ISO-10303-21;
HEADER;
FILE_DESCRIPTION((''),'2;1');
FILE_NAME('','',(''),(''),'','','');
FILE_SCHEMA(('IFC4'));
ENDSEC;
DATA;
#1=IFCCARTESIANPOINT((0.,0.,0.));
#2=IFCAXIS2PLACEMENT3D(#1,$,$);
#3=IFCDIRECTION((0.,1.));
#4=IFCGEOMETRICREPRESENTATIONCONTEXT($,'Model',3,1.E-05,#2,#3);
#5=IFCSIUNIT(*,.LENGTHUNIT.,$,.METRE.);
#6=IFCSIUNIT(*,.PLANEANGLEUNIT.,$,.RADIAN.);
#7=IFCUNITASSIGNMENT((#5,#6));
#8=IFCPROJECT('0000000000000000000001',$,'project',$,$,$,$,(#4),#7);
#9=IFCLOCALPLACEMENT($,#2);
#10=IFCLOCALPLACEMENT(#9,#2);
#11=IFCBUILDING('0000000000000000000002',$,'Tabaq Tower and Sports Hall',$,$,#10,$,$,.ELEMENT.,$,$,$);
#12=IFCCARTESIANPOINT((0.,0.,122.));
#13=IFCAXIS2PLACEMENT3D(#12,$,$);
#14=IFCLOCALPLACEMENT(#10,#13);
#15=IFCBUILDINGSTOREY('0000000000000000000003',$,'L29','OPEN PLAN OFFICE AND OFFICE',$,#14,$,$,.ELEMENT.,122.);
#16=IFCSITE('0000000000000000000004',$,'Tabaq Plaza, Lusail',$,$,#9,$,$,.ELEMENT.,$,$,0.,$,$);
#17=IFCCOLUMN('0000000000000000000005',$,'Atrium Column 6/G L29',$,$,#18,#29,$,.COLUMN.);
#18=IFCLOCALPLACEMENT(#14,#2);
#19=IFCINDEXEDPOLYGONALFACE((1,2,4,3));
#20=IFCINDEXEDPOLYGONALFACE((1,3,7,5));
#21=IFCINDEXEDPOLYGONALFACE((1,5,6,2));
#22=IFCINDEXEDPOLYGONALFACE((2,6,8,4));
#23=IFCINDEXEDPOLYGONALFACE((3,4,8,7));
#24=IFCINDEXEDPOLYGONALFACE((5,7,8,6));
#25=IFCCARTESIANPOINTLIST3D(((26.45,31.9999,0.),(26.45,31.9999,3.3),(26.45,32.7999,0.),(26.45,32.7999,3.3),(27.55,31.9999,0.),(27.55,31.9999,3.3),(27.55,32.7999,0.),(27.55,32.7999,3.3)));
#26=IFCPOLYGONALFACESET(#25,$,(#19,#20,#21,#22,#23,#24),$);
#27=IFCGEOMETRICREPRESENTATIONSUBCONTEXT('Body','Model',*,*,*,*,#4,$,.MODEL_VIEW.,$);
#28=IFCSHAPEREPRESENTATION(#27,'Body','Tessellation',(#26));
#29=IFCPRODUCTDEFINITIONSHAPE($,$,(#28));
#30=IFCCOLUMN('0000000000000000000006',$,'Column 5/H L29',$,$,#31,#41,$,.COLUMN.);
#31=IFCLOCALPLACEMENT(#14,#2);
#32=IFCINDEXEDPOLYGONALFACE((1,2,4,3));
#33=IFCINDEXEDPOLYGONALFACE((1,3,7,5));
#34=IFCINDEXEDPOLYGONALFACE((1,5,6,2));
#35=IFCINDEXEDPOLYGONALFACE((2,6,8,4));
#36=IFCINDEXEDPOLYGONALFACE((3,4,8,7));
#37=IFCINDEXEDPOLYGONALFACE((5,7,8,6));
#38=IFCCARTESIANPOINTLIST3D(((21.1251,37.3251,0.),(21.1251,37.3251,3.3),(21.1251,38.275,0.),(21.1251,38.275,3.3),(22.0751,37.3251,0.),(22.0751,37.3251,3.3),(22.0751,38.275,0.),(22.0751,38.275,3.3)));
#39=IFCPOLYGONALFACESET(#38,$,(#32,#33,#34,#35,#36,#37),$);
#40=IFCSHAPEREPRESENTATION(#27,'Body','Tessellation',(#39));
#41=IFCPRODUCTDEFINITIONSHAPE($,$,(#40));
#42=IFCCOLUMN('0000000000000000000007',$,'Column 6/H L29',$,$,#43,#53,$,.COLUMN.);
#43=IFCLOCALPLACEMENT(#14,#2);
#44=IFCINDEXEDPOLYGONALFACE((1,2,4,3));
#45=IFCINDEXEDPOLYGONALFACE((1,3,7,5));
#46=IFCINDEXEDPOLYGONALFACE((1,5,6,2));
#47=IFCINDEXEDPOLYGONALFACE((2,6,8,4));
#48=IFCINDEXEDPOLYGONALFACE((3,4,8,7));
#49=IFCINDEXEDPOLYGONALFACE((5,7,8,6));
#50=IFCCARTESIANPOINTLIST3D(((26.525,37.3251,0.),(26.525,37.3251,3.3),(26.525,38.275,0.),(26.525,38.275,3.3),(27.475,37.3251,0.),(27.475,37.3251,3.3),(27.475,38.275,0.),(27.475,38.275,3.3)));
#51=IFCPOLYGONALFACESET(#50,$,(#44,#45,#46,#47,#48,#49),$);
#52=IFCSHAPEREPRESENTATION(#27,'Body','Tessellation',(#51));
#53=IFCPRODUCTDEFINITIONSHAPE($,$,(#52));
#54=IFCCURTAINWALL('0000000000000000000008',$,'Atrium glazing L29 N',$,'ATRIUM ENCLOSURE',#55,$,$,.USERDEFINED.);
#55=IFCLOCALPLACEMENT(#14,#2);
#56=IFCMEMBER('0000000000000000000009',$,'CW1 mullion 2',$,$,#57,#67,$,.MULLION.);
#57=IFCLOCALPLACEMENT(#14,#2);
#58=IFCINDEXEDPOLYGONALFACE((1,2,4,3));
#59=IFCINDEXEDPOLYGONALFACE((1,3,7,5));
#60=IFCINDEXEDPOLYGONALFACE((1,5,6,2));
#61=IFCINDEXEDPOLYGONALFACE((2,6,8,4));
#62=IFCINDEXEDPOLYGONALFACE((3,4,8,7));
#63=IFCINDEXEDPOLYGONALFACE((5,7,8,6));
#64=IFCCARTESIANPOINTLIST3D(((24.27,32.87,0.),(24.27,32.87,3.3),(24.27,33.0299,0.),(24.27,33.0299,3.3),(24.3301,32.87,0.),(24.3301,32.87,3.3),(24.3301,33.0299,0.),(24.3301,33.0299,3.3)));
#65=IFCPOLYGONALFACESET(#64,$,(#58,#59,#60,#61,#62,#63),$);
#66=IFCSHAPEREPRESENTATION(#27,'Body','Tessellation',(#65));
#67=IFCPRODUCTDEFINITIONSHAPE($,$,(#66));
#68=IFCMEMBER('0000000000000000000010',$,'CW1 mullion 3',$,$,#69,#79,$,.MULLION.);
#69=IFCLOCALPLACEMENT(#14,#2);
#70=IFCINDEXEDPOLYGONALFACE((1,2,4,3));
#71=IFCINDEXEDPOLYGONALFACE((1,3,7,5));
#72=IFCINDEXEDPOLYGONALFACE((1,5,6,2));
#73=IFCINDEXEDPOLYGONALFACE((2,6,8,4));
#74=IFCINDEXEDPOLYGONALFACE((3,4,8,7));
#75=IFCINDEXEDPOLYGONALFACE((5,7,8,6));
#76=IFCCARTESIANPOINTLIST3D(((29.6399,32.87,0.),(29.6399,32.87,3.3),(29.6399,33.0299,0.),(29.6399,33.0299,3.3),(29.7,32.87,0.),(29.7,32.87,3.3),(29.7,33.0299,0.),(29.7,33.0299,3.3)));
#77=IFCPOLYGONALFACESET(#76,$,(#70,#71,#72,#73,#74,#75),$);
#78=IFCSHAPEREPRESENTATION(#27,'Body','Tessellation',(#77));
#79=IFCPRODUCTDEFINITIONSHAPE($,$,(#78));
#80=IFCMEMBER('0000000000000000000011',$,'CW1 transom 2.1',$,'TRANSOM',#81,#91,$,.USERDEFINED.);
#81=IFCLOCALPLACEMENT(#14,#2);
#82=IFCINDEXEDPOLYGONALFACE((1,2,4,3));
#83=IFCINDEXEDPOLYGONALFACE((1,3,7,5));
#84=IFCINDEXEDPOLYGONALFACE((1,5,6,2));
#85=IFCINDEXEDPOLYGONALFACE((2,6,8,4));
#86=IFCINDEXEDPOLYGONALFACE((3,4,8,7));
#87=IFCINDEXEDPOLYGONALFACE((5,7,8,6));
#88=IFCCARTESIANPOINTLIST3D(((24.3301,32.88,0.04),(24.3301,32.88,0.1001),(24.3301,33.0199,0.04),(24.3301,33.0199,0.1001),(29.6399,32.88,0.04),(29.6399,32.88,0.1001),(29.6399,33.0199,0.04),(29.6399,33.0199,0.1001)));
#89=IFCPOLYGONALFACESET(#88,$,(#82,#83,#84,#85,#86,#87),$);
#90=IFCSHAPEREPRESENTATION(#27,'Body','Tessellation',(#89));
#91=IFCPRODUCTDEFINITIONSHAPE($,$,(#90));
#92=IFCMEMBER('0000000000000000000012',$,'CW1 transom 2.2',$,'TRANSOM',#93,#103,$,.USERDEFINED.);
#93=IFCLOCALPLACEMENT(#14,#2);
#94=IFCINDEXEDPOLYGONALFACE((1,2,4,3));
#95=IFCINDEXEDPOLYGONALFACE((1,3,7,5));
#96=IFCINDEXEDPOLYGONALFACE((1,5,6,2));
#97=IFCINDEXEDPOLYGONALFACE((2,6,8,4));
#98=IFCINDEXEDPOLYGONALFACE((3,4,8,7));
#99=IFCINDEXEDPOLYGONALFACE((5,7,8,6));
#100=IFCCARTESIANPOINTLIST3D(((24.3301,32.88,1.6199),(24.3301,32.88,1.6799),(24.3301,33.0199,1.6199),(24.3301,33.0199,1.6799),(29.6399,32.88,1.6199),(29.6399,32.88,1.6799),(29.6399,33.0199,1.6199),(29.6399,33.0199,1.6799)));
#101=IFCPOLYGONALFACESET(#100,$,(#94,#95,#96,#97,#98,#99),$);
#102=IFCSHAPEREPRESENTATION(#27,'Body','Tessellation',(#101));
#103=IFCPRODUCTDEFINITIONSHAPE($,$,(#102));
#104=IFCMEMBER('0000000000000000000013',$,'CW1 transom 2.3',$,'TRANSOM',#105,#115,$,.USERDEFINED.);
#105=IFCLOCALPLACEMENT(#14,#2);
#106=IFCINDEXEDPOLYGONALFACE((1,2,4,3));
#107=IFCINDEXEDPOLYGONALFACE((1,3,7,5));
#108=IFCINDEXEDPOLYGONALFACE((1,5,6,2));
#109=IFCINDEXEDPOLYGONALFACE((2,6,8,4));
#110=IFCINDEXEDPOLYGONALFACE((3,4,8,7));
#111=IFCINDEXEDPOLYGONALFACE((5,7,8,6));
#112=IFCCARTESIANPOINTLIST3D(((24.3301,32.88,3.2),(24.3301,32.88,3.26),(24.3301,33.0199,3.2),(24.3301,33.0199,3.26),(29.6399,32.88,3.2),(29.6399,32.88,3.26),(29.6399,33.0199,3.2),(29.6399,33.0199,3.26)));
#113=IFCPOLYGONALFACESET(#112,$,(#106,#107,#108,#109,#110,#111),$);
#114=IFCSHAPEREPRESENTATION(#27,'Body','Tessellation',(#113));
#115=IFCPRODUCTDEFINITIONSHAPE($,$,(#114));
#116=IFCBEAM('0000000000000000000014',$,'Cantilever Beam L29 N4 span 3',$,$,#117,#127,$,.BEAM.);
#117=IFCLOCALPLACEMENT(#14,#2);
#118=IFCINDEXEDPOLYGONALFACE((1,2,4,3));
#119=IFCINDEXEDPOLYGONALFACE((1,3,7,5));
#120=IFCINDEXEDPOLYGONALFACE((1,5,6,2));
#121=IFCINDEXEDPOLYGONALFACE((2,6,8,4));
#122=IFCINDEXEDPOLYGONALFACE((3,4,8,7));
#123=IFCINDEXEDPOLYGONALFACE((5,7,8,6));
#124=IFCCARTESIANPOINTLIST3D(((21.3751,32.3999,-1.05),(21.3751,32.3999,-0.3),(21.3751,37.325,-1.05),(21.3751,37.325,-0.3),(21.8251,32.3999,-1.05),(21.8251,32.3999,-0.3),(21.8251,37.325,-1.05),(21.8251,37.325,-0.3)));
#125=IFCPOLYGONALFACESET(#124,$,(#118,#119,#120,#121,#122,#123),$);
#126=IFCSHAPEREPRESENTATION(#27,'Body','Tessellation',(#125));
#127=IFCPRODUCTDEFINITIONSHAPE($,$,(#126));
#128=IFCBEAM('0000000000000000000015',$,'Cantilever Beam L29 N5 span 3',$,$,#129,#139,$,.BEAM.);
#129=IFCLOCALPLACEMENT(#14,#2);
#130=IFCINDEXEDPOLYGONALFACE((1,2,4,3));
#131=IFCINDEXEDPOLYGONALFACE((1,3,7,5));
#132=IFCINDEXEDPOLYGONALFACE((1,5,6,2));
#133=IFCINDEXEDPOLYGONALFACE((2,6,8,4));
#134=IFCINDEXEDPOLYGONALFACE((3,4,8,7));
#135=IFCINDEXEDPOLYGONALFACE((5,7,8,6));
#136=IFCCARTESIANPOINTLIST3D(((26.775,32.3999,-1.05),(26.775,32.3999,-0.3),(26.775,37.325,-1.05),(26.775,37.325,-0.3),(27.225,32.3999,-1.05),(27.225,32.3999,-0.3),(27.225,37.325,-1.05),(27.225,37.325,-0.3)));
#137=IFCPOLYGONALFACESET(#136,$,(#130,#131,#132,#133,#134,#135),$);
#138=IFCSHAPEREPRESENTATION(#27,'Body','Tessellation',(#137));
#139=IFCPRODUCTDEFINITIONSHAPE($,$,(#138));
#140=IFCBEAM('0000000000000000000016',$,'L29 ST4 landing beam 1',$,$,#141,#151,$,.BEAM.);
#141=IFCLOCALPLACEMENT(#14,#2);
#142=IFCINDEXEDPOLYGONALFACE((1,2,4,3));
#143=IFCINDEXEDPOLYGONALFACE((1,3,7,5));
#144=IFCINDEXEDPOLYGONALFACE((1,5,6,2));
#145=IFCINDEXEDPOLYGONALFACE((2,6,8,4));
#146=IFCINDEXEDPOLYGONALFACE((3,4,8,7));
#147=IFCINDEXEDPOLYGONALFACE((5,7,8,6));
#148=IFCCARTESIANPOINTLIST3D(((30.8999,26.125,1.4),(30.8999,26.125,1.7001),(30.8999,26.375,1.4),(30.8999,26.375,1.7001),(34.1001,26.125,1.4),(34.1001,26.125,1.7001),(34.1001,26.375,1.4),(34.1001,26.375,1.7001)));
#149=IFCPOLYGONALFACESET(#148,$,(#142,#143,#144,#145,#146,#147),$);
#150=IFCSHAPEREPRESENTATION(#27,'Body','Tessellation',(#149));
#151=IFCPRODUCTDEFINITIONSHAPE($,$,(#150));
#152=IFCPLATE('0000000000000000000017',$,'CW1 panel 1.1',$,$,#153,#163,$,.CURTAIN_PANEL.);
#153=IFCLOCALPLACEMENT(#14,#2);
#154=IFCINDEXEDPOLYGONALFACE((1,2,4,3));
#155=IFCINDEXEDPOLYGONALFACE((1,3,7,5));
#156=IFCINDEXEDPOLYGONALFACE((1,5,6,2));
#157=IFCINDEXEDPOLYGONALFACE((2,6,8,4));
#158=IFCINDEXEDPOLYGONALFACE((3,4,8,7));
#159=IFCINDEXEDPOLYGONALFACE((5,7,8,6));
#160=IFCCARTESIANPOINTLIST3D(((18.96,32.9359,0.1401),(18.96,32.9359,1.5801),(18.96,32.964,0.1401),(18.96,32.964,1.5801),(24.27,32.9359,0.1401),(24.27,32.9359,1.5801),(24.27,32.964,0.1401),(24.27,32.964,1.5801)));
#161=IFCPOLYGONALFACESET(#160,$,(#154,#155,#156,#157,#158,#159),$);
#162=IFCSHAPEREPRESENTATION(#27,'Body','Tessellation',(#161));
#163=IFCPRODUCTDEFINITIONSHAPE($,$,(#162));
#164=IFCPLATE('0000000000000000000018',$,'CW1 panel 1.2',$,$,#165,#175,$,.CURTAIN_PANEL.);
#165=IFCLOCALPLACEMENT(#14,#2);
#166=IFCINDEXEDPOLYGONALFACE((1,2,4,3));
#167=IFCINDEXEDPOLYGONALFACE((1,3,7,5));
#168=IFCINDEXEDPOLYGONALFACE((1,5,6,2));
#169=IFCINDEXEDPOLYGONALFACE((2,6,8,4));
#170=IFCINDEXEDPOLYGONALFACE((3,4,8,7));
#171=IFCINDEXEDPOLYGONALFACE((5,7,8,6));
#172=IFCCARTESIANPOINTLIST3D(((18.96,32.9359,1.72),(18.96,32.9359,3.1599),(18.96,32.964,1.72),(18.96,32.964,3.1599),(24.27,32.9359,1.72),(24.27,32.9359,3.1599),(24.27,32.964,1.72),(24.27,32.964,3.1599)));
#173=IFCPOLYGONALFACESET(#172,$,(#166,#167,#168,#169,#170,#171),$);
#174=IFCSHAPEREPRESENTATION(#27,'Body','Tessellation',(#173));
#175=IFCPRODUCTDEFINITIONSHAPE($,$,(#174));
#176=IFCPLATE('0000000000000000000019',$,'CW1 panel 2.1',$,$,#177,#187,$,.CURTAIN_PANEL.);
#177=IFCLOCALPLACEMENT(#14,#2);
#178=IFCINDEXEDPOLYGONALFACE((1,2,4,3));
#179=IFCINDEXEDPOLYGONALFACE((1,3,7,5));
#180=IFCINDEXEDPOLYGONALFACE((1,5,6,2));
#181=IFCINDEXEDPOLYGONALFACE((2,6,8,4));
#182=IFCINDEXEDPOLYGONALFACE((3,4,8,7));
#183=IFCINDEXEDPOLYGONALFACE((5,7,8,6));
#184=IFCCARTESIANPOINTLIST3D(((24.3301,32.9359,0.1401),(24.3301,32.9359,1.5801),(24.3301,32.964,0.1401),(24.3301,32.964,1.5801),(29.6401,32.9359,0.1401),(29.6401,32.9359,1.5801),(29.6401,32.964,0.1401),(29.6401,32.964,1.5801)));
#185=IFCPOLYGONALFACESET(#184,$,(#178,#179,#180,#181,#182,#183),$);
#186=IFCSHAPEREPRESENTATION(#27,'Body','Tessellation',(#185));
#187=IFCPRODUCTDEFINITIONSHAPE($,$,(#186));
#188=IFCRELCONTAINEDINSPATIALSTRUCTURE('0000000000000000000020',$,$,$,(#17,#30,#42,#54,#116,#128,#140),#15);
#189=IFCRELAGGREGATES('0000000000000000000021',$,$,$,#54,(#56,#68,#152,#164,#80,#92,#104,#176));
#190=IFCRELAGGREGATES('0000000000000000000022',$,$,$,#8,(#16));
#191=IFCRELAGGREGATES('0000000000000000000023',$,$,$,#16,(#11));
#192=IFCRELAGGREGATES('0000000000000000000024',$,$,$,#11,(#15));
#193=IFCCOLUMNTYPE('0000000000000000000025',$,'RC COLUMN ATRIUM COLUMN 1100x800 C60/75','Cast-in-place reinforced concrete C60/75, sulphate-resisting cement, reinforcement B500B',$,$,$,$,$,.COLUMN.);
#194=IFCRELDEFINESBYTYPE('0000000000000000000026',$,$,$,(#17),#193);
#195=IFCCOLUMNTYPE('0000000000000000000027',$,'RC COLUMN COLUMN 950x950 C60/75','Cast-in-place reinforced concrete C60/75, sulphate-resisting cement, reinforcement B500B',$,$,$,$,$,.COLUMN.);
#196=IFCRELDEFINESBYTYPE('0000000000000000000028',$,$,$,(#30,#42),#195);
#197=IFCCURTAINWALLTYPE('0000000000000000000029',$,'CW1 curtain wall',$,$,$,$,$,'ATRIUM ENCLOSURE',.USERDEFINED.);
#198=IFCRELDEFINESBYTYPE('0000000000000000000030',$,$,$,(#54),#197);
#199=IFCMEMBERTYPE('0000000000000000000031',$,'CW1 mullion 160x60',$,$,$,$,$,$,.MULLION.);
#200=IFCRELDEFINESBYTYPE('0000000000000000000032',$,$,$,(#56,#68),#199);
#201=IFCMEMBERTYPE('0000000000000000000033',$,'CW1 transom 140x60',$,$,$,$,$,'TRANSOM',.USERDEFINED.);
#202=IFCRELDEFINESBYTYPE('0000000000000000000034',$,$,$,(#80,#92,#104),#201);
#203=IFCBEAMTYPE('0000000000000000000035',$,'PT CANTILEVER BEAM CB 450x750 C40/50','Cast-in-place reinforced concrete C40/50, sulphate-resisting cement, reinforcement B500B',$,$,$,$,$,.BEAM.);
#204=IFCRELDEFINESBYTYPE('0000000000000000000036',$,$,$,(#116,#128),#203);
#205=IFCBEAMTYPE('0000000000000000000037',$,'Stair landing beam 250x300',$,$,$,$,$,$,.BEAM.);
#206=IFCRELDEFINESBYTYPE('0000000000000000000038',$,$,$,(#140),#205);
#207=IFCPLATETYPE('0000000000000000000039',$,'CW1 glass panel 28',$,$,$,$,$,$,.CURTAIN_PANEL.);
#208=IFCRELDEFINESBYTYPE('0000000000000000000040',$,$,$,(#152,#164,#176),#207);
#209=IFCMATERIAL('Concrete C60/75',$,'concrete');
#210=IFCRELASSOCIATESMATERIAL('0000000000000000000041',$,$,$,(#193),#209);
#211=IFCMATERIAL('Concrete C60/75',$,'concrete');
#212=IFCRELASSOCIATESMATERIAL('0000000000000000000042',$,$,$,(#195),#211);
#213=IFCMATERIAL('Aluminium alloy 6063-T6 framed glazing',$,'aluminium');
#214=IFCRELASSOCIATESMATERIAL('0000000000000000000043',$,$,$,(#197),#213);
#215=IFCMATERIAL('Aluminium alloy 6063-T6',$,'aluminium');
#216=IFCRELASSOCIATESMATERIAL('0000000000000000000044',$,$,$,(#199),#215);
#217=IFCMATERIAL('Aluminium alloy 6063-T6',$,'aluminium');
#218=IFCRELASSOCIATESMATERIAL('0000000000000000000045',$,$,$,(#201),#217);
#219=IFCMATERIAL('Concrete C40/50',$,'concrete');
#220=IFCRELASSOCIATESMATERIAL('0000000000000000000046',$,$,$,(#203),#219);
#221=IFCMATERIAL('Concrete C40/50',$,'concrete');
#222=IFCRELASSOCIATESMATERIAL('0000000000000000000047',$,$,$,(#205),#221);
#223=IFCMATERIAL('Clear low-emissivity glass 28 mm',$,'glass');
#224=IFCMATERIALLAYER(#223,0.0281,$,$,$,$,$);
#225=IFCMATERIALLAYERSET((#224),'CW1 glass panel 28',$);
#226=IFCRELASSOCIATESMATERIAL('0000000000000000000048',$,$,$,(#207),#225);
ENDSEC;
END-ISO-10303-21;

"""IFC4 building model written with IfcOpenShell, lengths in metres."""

from ifc_helpers import new_model, si_unit, direction, frame, origin, origin_2d, place, context, subcontext, project, spatial, rectangle, extrude, material, layer, layer_set, material_profile, profile_set, type_object, element, aggregate, save


model = new_model("IFC4")

# Units and contexts
model_context = context("Model", 3, precision=1e-05, world=origin(), true_north=direction((0.0, 1.0)))
body_context = subcontext(model_context, "Body", "Model", "MODEL_VIEW")
ifc_project = project(units=[si_unit("LENGTHUNIT", "METRE"), si_unit("PLANEANGLEUNIT", "RADIAN")], contexts=[model_context])

# Site, building, storey
site_placement = place(None, origin())
site = spatial("IfcSite", under=ifc_project, at=site_placement, Name="Tabaq Plaza, Lusail", CompositionType="ELEMENT", RefElevation=0.0)
building_placement = place(site_placement, origin())
building = spatial("IfcBuilding", under=site, at=building_placement, Name="Tabaq Tower and Sports Hall", CompositionType="ELEMENT")
storey_placement = place(building_placement, frame((0.0, 0.0, 122.0)))
storey = spatial("IfcBuildingStorey", under=building, at=storey_placement, Name="L29", Description="OPEN PLAN OFFICE AND OFFICE", CompositionType="ELEMENT", Elevation=122.0)

# Columns
ifc_material_1 = material(Name="Concrete C60/75", Category="concrete")
ifc_material_profile_1 = material_profile(ifc_material_1, rectangle(XDim=1.1001, YDim=0.8, at=origin_2d()), Name="ATRIUM COLUMN 1100x800")
ifc_profile_set_1 = profile_set([ifc_material_profile_1], Name="Concrete C60/75")
column_type_1 = type_object("IfcColumnType", Name="RC COLUMN ATRIUM COLUMN 1100x800 C60/75", Description="Cast-in-place reinforced concrete C60/75, sulphate-resisting cement, reinforcement B500B", PredefinedType="COLUMN", material=ifc_profile_set_1)
column_placement = place(storey_placement, frame((27.0, 32.3999, 0.0), z_axis=(0.0, 0.0, 1.0), x_axis=(1.0, 0.0, 0.0)))
element("IfcColumn", 1, at=column_placement, inside=storey, type_object=column_type_1, Name="Atrium Column 6/G L29", PredefinedType="COLUMN", context=body_context, shape_type="SweptSolid", body=[
    extrude(rectangle(XDim=1.1001, YDim=0.8, at=origin_2d()), origin(), (0.0, 0.0, 1.0), 3.3),
])
ifc_material_2 = material(Name="Concrete C60/75", Category="concrete")
ifc_material_profile_2 = material_profile(ifc_material_2, rectangle(XDim=0.95, YDim=0.95, at=origin_2d()), Name="COLUMN 950x950")
ifc_profile_set_2 = profile_set([ifc_material_profile_2], Name="Concrete C60/75")
column_type_2 = type_object("IfcColumnType", Name="RC COLUMN COLUMN 950x950 C60/75", Description="Cast-in-place reinforced concrete C60/75, sulphate-resisting cement, reinforcement B500B", PredefinedType="COLUMN", material=ifc_profile_set_2)
for number, where, z_axis, x_axis, name in (
    (2, (21.6001, 37.8, 0.0), (0.0, 0.0, 1.0), (1.0, 0.0, 0.0), "Column 5/H L29"),
    (3, (27.0, 37.8, 0.0), (0.0, 0.0, 1.0), (1.0, 0.0, 0.0), "Column 6/H L29"),
):
    element("IfcColumn", number, at=place(storey_placement, frame(where, z_axis=z_axis, x_axis=x_axis)), inside=storey, type_object=column_type_2, Name=name, PredefinedType="COLUMN", context=body_context, shape_type="SweptSolid", body=[
        extrude(rectangle(XDim=0.95, YDim=0.95, at=origin_2d()), origin(), (0.0, 0.0, 1.0), 3.3),
    ])

# Curtain wall, members
ifc_material_3 = material(Name="Aluminium alloy 6063-T6 framed glazing", Category="aluminium")
curtain_wall_type = type_object("IfcCurtainWallType", Name="CW1 curtain wall", ElementType="ATRIUM ENCLOSURE", PredefinedType="USERDEFINED", material=ifc_material_3)
curtain_wall_placement = place(storey_placement, origin())
curtain_wall = element("IfcCurtainWall", 4, at=curtain_wall_placement, inside=storey, type_object=curtain_wall_type, Name="Atrium glazing L29 N", ObjectType="ATRIUM ENCLOSURE", PredefinedType="USERDEFINED")
ifc_material_4 = material(Name="Aluminium alloy 6063-T6", Category="aluminium")
ifc_material_profile_3 = material_profile(ifc_material_4, rectangle(XDim=0.1599, YDim=0.0601, at=origin_2d()), Name="MULLION 160x60")
ifc_profile_set_3 = profile_set([ifc_material_profile_3], Name="Aluminium alloy 6063-T6")
member_type_1 = type_object("IfcMemberType", Name="CW1 mullion 160x60", PredefinedType="MULLION", material=ifc_profile_set_3)
member_1_placement = place(storey_placement, frame((24.3, 32.95, 0.0), z_axis=(0.0, 0.0, 1.0), x_axis=(0.0, 1.0, 0.0)))
member_1 = element("IfcMember", 5, at=member_1_placement, type_object=member_type_1, Name="CW1 mullion 2", PredefinedType="MULLION", context=body_context, shape_type="SweptSolid", body=[
    extrude(rectangle(XDim=0.1599, YDim=0.0601, at=origin_2d()), origin(), (0.0, 0.0, 1.0), 3.3),
])
member_2_placement = place(storey_placement, frame((29.6699, 32.95, 0.0), z_axis=(0.0, 0.0, 1.0), x_axis=(0.0, 1.0, 0.0)))
member_2 = element("IfcMember", 6, at=member_2_placement, type_object=member_type_1, Name="CW1 mullion 3", PredefinedType="MULLION", context=body_context, shape_type="SweptSolid", body=[
    extrude(rectangle(XDim=0.1599, YDim=0.0601, at=origin_2d()), origin(), (0.0, 0.0, 1.0), 3.3),
])
ifc_material_5 = material(Name="Aluminium alloy 6063-T6", Category="aluminium")
ifc_material_profile_4 = material_profile(ifc_material_5, rectangle(XDim=0.1399, YDim=0.0601, at=origin_2d()), Name="TRANSOM 140x60")
ifc_profile_set_4 = profile_set([ifc_material_profile_4], Name="Aluminium alloy 6063-T6")
member_type_2 = type_object("IfcMemberType", Name="CW1 transom 140x60", ElementType="TRANSOM", PredefinedType="USERDEFINED", material=ifc_profile_set_4)
member_3_placement = place(storey_placement, frame((24.3301, 32.95, 0.0701), z_axis=(1.0, 0.0, 0.0), x_axis=(0.0, 1.0, 0.0)))
member_3 = element("IfcMember", 7, at=member_3_placement, type_object=member_type_2, Name="CW1 transom 2.1", ObjectType="TRANSOM", PredefinedType="USERDEFINED", context=body_context, shape_type="SweptSolid", body=[
    extrude(rectangle(XDim=0.1399, YDim=0.0601, at=origin_2d()), origin(), (0.0, 0.0, 1.0), 5.3098),
])
member_4_placement = place(storey_placement, frame((24.3301, 32.95, 1.6499), z_axis=(1.0, 0.0, 0.0), x_axis=(0.0, 1.0, 0.0)))
member_4 = element("IfcMember", 8, at=member_4_placement, type_object=member_type_2, Name="CW1 transom 2.2", ObjectType="TRANSOM", PredefinedType="USERDEFINED", context=body_context, shape_type="SweptSolid", body=[
    extrude(rectangle(XDim=0.1399, YDim=0.0601, at=origin_2d()), origin(), (0.0, 0.0, 1.0), 5.3098),
])
member_5_placement = place(storey_placement, frame((24.3301, 32.95, 3.23), z_axis=(1.0, 0.0, 0.0), x_axis=(0.0, 1.0, 0.0)))
member_5 = element("IfcMember", 9, at=member_5_placement, type_object=member_type_2, Name="CW1 transom 2.3", ObjectType="TRANSOM", PredefinedType="USERDEFINED", context=body_context, shape_type="SweptSolid", body=[
    extrude(rectangle(XDim=0.1399, YDim=0.0601, at=origin_2d()), origin(), (0.0, 0.0, 1.0), 5.3098),
])

# Beams
ifc_material_6 = material(Name="Concrete C40/50", Category="concrete")
ifc_material_profile_5 = material_profile(ifc_material_6, rectangle(XDim=0.45, YDim=0.75, at=origin_2d()), Name="CB 450x750")
ifc_profile_set_5 = profile_set([ifc_material_profile_5], Name="Concrete C40/50")
beam_type_1 = type_object("IfcBeamType", Name="PT CANTILEVER BEAM CB 450x750 C40/50", Description="Cast-in-place reinforced concrete C40/50, sulphate-resisting cement, reinforcement B500B", PredefinedType="BEAM", material=ifc_profile_set_5)
for number, where, z_axis, x_axis, name in (
    (10, (21.6001, 37.325, -0.675), (0.0, -1.0, 0.0), (1.0, 0.0, 0.0), "Cantilever Beam L29 N4 span 3"),
    (11, (27.0, 37.325, -0.675), (0.0, -1.0, 0.0), (1.0, 0.0, 0.0), "Cantilever Beam L29 N5 span 3"),
):
    element("IfcBeam", number, at=place(storey_placement, frame(where, z_axis=z_axis, x_axis=x_axis)), inside=storey, type_object=beam_type_1, Name=name, PredefinedType="BEAM", context=body_context, shape_type="SweptSolid", body=[
        extrude(rectangle(XDim=0.45, YDim=0.75, at=origin_2d()), origin(), (0.0, 0.0, 1.0), 4.925),
    ])
ifc_material_7 = material(Name="Concrete C40/50", Category="concrete")
ifc_material_profile_6 = material_profile(ifc_material_7, rectangle(XDim=0.25, YDim=0.3, at=origin_2d()), Name="RC 250x300")
ifc_profile_set_6 = profile_set([ifc_material_profile_6], Name="Concrete C40/50")
beam_type_2 = type_object("IfcBeamType", Name="Stair landing beam 250x300", PredefinedType="BEAM", material=ifc_profile_set_6)
beam_placement = place(storey_placement, frame((30.8999, 26.25, 1.55), z_axis=(1.0, 0.0, 0.0), x_axis=(0.0, 1.0, 0.0)))
element("IfcBeam", 12, at=beam_placement, inside=storey, type_object=beam_type_2, Name="L29 ST4 landing beam 1", PredefinedType="BEAM", context=body_context, shape_type="SweptSolid", body=[
    extrude(rectangle(XDim=0.25, YDim=0.3, at=origin_2d()), origin(), (0.0, 0.0, 1.0), 3.2002),
])

# Plates
ifc_material_8 = material(Name="Clear low-emissivity glass 28 mm", Category="glass")
ifc_layer_1 = layer(ifc_material_8, 0.0281)
ifc_layer_set_1 = layer_set([ifc_layer_1], Name="CW1 glass panel 28")
plate_type = type_object("IfcPlateType", Name="CW1 glass panel 28", PredefinedType="CURTAIN_PANEL", material=ifc_layer_set_1)
plate_1_placement = place(storey_placement, frame((21.615, 32.95, 0.1401), z_axis=(0.0, 0.0, 1.0), x_axis=(1.0, 0.0, 0.0)))
plate_1 = element("IfcPlate", 13, at=plate_1_placement, type_object=plate_type, Name="CW1 panel 1.1", PredefinedType="CURTAIN_PANEL", context=body_context, shape_type="SweptSolid", body=[
    extrude(rectangle(XDim=5.3101, YDim=0.0281, at=origin_2d()), origin(), (0.0, 0.0, 1.0), 1.4399),
])
plate_2_placement = place(storey_placement, frame((21.615, 32.95, 1.72), z_axis=(0.0, 0.0, 1.0), x_axis=(1.0, 0.0, 0.0)))
plate_2 = element("IfcPlate", 14, at=plate_2_placement, type_object=plate_type, Name="CW1 panel 1.2", PredefinedType="CURTAIN_PANEL", context=body_context, shape_type="SweptSolid", body=[
    extrude(rectangle(XDim=5.3101, YDim=0.0281, at=origin_2d()), origin(), (0.0, 0.0, 1.0), 1.4399),
])
plate_3_placement = place(storey_placement, frame((26.9851, 32.95, 0.1401), z_axis=(0.0, 0.0, 1.0), x_axis=(1.0, 0.0, 0.0)))
plate_3 = element("IfcPlate", 15, at=plate_3_placement, type_object=plate_type, Name="CW1 panel 2.1", PredefinedType="CURTAIN_PANEL", context=body_context, shape_type="SweptSolid", body=[
    extrude(rectangle(XDim=5.3101, YDim=0.0281, at=origin_2d()), origin(), (0.0, 0.0, 1.0), 1.4399),
])
aggregate(curtain_wall, [member_1, member_2, plate_1, plate_2, member_3, member_4, member_5, plate_3])

save(model, "model.ifc")
